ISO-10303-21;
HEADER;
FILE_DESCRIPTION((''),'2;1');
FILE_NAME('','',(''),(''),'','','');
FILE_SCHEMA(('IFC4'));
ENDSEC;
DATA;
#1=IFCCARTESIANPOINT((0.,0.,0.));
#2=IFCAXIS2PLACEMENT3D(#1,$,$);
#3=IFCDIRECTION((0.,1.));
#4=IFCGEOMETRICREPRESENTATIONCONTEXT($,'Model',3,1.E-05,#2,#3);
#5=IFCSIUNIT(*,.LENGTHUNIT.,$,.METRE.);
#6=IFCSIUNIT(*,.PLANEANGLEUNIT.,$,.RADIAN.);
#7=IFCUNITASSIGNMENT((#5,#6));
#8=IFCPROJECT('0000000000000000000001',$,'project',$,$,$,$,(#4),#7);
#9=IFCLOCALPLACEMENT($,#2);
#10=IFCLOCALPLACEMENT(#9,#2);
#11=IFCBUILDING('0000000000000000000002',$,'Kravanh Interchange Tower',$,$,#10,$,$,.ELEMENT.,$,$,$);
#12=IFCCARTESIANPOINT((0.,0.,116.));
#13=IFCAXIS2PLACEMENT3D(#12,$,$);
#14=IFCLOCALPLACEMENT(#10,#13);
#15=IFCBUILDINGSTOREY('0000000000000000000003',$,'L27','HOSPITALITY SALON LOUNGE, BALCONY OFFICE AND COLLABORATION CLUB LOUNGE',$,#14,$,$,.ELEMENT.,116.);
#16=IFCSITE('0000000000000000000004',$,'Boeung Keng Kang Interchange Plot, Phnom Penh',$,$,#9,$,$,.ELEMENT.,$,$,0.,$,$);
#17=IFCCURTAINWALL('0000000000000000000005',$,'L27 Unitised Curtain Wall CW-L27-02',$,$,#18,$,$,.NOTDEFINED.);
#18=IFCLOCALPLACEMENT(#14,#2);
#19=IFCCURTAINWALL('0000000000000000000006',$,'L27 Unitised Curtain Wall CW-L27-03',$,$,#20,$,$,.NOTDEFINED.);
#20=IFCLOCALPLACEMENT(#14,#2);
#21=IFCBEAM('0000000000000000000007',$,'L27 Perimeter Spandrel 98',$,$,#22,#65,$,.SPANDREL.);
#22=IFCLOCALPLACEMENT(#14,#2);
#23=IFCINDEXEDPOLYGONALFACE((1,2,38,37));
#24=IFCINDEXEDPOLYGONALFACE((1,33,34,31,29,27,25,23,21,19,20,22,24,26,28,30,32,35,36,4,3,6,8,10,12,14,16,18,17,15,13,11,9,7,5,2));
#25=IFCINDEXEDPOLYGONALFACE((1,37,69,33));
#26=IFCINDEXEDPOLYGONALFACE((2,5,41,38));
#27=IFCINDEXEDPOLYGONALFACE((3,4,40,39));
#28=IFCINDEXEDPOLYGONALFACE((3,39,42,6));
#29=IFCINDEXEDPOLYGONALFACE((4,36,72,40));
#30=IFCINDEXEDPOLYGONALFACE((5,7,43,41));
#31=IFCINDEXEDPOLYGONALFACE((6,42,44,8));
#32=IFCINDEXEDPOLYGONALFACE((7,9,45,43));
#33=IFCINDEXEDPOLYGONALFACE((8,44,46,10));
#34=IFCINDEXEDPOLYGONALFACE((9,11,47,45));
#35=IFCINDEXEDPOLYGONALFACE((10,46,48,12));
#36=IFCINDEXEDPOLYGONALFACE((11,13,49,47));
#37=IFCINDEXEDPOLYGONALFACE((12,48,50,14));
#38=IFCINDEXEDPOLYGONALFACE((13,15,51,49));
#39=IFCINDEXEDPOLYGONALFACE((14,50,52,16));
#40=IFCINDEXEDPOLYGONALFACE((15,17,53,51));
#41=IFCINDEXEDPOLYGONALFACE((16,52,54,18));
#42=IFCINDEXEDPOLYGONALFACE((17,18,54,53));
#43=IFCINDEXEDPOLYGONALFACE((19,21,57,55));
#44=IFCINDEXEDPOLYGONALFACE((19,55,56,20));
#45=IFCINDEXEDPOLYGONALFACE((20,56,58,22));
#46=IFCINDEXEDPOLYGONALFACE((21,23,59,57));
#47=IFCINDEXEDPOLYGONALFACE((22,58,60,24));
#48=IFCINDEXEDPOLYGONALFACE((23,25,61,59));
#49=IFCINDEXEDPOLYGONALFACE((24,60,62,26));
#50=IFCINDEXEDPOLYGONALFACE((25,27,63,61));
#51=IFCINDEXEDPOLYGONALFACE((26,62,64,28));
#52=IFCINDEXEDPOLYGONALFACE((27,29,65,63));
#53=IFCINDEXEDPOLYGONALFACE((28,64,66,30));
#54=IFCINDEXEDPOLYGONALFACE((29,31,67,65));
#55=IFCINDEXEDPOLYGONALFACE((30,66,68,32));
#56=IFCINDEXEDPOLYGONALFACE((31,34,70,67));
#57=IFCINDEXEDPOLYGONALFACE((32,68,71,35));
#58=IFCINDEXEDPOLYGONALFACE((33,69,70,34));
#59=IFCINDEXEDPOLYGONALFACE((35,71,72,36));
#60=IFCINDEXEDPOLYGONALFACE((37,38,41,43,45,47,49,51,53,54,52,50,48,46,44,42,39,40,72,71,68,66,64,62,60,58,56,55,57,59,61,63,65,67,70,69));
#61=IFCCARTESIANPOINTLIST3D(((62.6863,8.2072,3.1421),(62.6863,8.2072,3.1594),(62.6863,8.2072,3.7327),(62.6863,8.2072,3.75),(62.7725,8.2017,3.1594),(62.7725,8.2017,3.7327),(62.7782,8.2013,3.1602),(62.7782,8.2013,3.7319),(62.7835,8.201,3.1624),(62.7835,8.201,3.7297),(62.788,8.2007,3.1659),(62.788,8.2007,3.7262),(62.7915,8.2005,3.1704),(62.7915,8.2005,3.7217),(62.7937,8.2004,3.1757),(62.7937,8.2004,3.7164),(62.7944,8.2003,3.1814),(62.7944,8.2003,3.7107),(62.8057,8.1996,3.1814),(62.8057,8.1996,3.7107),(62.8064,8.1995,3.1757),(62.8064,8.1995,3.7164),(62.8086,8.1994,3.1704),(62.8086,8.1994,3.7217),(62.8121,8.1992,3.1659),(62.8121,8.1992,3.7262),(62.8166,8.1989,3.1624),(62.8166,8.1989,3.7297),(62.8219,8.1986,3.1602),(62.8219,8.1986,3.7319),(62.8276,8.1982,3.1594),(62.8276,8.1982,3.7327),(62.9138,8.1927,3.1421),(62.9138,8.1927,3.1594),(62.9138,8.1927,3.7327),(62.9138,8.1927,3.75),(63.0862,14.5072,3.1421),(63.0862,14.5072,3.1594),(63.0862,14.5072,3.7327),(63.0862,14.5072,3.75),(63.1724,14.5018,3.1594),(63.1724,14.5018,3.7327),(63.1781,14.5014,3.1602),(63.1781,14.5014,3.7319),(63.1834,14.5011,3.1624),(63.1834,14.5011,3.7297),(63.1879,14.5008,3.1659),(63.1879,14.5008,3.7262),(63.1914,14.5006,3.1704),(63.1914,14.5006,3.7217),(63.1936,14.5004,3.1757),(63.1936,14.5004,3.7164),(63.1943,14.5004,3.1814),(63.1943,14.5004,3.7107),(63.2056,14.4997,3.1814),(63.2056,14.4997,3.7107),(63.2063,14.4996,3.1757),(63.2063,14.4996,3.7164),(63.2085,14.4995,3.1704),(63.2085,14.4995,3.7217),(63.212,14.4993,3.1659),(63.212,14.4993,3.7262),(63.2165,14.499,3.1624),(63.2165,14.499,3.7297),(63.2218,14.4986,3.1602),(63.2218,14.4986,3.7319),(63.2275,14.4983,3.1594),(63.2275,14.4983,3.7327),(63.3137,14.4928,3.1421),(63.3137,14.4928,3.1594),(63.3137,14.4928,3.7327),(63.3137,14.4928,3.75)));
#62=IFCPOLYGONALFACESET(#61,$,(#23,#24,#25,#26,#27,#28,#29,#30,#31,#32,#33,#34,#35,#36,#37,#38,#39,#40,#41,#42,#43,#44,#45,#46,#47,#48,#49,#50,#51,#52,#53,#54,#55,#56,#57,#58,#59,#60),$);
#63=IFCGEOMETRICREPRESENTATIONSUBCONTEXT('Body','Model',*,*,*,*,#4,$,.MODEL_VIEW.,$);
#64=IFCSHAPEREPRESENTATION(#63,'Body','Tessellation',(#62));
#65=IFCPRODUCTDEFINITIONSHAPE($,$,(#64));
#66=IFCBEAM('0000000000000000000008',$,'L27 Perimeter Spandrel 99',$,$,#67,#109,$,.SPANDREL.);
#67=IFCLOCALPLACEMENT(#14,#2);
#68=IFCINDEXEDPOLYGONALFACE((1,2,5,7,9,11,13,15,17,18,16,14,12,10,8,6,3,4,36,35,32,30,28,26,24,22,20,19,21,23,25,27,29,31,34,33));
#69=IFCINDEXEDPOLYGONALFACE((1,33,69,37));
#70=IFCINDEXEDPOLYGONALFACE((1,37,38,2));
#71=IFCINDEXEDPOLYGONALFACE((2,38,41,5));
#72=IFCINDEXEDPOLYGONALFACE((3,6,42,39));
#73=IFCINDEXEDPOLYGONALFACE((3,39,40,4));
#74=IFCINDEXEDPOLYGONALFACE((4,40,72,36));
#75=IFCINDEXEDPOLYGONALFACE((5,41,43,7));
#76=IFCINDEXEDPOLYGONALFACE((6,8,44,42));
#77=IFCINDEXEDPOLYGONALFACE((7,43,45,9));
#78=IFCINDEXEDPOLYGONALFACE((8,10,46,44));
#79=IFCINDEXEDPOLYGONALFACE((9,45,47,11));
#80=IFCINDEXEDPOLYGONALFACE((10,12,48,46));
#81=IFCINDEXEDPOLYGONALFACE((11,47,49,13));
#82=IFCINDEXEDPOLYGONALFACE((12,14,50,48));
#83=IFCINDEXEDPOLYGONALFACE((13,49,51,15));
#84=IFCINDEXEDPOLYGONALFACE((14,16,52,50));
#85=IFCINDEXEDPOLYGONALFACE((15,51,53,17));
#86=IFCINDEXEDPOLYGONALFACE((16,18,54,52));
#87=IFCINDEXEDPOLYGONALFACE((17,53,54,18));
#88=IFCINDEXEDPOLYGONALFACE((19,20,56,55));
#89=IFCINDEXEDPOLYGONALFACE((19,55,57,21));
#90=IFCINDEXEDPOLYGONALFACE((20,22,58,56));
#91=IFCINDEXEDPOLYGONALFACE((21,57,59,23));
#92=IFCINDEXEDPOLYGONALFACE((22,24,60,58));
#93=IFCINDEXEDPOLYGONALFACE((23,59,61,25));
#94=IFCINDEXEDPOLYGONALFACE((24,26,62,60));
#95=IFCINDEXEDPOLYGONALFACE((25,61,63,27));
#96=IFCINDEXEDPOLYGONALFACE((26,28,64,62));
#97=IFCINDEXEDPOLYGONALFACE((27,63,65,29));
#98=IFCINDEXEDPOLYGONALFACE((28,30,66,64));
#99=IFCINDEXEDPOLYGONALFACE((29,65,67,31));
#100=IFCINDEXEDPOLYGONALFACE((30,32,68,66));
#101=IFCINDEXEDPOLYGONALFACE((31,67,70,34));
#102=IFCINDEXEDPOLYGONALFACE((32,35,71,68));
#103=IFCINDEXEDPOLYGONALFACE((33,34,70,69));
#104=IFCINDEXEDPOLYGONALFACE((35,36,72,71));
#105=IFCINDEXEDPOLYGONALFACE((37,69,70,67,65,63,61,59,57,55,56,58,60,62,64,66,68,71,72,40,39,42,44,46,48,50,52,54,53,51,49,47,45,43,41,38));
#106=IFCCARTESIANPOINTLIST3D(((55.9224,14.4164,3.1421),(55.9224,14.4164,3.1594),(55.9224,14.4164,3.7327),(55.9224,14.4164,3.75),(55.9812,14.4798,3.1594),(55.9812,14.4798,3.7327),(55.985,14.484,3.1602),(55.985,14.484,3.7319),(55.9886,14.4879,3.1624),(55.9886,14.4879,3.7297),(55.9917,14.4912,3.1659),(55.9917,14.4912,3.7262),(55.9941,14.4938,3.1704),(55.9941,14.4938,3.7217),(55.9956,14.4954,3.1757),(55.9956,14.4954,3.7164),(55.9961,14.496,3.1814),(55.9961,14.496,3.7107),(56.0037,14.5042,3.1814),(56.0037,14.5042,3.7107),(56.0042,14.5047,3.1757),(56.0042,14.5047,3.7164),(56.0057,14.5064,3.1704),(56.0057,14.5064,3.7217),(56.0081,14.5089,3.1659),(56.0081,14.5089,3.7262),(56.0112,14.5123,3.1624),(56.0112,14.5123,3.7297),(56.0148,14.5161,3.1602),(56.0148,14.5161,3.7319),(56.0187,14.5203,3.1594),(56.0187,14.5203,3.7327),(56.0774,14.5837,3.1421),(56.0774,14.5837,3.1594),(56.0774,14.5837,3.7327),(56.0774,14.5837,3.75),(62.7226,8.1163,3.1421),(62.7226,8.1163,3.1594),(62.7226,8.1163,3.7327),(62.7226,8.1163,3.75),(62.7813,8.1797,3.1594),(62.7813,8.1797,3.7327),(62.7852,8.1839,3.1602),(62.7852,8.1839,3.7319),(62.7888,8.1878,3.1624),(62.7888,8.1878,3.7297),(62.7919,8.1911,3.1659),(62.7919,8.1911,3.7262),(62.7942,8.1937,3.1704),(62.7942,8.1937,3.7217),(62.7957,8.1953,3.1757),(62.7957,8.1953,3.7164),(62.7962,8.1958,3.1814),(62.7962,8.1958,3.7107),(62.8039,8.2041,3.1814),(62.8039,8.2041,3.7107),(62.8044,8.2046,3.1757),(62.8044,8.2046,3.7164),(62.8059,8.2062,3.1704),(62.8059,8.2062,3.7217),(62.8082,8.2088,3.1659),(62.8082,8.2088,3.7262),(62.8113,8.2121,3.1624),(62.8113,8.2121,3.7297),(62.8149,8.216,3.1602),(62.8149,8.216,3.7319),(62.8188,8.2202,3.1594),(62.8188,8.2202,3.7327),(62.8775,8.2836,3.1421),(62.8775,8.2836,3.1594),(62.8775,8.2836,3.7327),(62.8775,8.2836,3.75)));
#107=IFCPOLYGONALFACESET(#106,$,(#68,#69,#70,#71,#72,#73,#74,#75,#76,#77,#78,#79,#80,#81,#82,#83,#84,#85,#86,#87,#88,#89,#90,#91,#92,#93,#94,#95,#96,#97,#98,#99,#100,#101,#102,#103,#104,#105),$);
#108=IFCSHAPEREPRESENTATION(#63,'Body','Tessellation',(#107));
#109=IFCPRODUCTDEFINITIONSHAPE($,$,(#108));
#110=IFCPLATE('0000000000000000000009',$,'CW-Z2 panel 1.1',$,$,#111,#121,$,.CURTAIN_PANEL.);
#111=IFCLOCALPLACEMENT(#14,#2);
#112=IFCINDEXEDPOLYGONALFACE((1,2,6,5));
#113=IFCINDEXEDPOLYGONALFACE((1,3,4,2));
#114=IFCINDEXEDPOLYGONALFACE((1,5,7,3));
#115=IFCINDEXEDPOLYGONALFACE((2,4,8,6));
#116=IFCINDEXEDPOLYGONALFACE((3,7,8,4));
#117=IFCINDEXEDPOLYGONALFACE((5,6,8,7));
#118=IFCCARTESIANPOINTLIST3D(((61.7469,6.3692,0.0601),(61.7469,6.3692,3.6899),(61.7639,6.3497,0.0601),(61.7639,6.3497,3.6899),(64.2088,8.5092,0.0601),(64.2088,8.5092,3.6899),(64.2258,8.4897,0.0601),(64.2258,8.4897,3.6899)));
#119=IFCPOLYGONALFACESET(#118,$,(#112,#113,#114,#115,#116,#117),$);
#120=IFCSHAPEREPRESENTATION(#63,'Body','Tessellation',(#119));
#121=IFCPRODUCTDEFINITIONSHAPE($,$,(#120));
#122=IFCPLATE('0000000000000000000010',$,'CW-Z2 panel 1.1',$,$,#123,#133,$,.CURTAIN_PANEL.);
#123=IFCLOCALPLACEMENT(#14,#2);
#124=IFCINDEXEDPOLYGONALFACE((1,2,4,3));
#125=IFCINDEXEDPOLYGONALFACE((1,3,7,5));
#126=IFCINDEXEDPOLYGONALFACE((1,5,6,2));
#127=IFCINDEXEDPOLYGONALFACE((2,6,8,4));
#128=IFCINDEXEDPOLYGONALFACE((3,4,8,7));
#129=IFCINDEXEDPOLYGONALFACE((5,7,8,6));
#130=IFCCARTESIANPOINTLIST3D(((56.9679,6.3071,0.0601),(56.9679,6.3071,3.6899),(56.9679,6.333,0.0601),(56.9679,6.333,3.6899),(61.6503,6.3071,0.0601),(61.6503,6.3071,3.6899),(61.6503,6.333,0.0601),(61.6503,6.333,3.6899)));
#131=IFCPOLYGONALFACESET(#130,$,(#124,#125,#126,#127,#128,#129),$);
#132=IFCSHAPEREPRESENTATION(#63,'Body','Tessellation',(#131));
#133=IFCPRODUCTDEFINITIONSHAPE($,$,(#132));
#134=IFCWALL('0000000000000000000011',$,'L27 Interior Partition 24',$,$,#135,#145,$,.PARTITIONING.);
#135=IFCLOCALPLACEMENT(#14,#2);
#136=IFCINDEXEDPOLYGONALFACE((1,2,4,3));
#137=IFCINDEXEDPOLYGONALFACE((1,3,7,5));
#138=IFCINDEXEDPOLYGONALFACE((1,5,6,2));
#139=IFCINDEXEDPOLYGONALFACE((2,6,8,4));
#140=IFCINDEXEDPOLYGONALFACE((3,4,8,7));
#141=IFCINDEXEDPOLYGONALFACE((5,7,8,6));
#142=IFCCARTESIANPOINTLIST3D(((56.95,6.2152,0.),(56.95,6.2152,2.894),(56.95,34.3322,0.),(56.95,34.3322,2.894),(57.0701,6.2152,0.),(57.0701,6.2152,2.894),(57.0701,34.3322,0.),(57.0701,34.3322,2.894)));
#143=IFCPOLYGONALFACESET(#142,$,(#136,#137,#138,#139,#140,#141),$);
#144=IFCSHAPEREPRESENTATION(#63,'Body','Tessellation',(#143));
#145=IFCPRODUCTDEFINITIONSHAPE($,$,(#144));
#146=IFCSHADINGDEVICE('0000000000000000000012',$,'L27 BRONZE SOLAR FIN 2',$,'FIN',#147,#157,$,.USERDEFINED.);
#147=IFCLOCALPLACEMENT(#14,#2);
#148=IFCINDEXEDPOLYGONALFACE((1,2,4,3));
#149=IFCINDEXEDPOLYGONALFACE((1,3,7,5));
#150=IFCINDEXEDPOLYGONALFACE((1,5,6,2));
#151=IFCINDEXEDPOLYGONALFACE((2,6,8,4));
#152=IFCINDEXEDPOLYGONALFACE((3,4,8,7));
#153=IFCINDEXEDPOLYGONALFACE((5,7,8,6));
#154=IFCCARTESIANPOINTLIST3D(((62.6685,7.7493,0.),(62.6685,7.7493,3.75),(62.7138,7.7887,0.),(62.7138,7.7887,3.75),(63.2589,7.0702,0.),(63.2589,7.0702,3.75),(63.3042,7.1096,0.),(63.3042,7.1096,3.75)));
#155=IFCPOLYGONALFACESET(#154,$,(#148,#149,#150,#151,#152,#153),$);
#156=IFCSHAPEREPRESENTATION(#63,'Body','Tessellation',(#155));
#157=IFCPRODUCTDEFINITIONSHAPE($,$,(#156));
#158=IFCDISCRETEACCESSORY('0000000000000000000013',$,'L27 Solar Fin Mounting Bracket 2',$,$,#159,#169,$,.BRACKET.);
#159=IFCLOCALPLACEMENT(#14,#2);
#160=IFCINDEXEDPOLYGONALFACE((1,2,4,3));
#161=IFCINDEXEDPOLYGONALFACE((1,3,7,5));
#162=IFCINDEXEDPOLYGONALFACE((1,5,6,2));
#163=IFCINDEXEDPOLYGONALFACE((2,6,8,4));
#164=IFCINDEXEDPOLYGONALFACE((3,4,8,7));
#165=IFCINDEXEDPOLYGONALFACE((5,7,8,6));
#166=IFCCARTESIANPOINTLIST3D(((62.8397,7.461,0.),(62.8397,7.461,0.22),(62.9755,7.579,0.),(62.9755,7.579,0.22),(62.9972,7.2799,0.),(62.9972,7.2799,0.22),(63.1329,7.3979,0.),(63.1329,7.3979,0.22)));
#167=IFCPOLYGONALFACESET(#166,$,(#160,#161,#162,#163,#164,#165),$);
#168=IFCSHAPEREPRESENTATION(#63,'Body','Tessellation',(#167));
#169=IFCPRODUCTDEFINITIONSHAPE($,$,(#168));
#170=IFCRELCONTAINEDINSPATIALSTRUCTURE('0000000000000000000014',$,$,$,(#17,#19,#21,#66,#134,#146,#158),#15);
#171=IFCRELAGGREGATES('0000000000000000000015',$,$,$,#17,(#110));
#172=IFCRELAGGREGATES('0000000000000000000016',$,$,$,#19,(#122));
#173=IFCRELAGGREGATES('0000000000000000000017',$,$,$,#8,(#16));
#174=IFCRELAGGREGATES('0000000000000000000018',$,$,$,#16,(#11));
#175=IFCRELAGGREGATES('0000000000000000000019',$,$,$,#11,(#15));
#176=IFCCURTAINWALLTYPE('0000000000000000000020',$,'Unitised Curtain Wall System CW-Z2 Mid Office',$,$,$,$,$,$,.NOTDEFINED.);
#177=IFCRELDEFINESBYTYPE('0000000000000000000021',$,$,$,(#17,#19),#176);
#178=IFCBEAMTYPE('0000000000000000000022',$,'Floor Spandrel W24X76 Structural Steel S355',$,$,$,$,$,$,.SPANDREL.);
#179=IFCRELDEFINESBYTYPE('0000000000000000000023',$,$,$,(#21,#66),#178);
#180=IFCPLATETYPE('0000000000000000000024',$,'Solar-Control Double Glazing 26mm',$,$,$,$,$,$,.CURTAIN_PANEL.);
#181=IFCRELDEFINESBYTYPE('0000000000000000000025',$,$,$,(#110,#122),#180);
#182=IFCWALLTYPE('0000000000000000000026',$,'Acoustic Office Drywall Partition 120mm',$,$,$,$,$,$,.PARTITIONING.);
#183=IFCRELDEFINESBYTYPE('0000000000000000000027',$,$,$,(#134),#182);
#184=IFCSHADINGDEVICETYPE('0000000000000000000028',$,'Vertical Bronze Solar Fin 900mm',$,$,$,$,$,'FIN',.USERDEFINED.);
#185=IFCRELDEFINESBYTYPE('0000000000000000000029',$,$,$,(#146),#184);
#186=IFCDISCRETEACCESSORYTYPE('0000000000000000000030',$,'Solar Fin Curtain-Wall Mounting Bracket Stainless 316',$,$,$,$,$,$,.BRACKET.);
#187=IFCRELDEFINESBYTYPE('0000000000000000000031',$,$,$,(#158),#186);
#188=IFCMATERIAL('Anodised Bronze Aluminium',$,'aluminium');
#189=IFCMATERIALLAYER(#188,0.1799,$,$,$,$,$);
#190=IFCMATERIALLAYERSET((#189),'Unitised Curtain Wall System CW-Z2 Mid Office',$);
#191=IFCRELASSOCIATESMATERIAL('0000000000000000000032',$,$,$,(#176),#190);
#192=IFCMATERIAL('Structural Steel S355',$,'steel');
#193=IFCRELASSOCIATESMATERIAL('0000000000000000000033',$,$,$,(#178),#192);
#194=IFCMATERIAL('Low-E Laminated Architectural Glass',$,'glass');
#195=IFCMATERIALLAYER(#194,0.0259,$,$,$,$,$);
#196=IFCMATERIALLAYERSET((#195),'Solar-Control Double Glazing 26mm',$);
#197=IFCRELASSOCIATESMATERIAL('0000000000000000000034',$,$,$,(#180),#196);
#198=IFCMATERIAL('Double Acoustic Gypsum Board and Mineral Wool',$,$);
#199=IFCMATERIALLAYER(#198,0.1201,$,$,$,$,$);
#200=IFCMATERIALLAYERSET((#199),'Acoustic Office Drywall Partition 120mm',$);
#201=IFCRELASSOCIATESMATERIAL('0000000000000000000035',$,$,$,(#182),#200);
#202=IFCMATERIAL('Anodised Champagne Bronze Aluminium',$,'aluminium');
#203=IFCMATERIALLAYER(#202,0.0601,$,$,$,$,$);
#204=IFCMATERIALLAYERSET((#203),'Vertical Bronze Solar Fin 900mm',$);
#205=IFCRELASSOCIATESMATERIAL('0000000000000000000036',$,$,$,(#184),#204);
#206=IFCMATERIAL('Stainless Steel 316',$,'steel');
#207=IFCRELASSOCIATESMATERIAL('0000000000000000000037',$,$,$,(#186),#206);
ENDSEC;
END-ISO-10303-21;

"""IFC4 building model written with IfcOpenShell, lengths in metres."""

from ifc_helpers import new_model, si_unit, direction, frame, frame_2d, origin, origin_2d, place, context, subcontext, project, spatial, rectangle, i_section, extrude, material, layer, layer_set, material_profile, profile_set, type_object, element, aggregate, save


model = new_model("IFC4")

# Units and contexts
model_context = context("Model", 3, precision=1e-05, world=origin(), true_north=direction((0.0, 1.0)))
body_context = subcontext(model_context, "Body", "Model", "MODEL_VIEW")
ifc_project = project(units=[si_unit("LENGTHUNIT", "METRE"), si_unit("PLANEANGLEUNIT", "RADIAN")], contexts=[model_context])

# Site, building, storey
site_placement = place(None, origin())
site = spatial("IfcSite", under=ifc_project, at=site_placement, Name="Boeung Keng Kang Interchange Plot, Phnom Penh", CompositionType="ELEMENT", RefElevation=0.0)
building_placement = place(site_placement, origin())
building = spatial("IfcBuilding", under=site, at=building_placement, Name="Kravanh Interchange Tower", CompositionType="ELEMENT")
storey_placement = place(building_placement, frame((0.0, 0.0, 116.0)))
storey = spatial("IfcBuildingStorey", under=building, at=storey_placement, Name="L27", Description="HOSPITALITY SALON LOUNGE, BALCONY OFFICE AND COLLABORATION CLUB LOUNGE", CompositionType="ELEMENT", Elevation=116.0)

# Curtain walls
ifc_material_1 = material(Name="Anodised Bronze Aluminium", Category="aluminium")
ifc_layer_1 = layer(ifc_material_1, 0.1799)
ifc_layer_set_1 = layer_set([ifc_layer_1], Name="Unitised Curtain Wall System CW-Z2 Mid Office")
curtain_wall_type = type_object("IfcCurtainWallType", Name="Unitised Curtain Wall System CW-Z2 Mid Office", PredefinedType="NOTDEFINED", material=ifc_layer_set_1)
curtain_wall_1_placement = place(storey_placement, origin())
curtain_wall_1 = element("IfcCurtainWall", 1, at=curtain_wall_1_placement, inside=storey, type_object=curtain_wall_type, Name="L27 Unitised Curtain Wall CW-L27-02", PredefinedType="NOTDEFINED")
curtain_wall_2_placement = place(storey_placement, origin())
curtain_wall_2 = element("IfcCurtainWall", 2, at=curtain_wall_2_placement, inside=storey, type_object=curtain_wall_type, Name="L27 Unitised Curtain Wall CW-L27-03", PredefinedType="NOTDEFINED")

# Beams
ifc_material_2 = material(Name="Structural Steel S355", Category="steel")
ifc_material_profile_1 = material_profile(ifc_material_2, i_section(OverallWidth=0.228, OverallDepth=0.6079, WebThickness=0.0112, FlangeThickness=0.0173, FilletRadius=0.022, at=origin_2d()), Name="W24X76")
ifc_profile_set_1 = profile_set([ifc_material_profile_1], Name="Structural Steel S355")
beam_type_1 = type_object("IfcBeamType", Name="Floor Spandrel W24X76 Structural Steel S355", PredefinedType="SPANDREL", material=ifc_profile_set_1)
beam_1_placement = place(storey_placement, frame((62.8, 8.2, 3.446), z_axis=(0.063349, 0.997991, 0.0), x_axis=(-0.997991, 0.063349, 0.0)))
element("IfcBeam", 3, at=beam_1_placement, inside=storey, type_object=beam_type_1, Name="L27 Perimeter Spandrel 98", PredefinedType="SPANDREL", context=body_context, shape_type="SweptSolid", body=[
    extrude(i_section(OverallWidth=0.228, OverallDepth=0.6079, WebThickness=0.0112, FlangeThickness=0.0173, FilletRadius=0.022, at=origin_2d()), origin(), (0.0, 0.0, 1.0), 6.3127),
])
beam_2_placement = place(storey_placement, frame((62.8, 8.2, 3.446), z_axis=(-0.733561, 0.679623, 0.0), x_axis=(-0.679623, -0.733561, 0.0)))
element("IfcBeam", 4, at=beam_2_placement, inside=storey, type_object=beam_type_1, Name="L27 Perimeter Spandrel 99", PredefinedType="SPANDREL", context=body_context, shape_type="SweptSolid", body=[
    extrude(i_section(OverallWidth=0.228, OverallDepth=0.6079, WebThickness=0.0112, FlangeThickness=0.0173, FilletRadius=0.022, at=origin_2d()), origin(), (0.0, 0.0, 1.0), 9.27),
])

# Plates
ifc_material_3 = material(Name="Low-E Laminated Architectural Glass", Category="glass")
ifc_layer_2 = layer(ifc_material_3, 0.0259)
ifc_layer_set_2 = layer_set([ifc_layer_2], Name="Solar-Control Double Glazing 26mm")
plate_type = type_object("IfcPlateType", Name="Solar-Control Double Glazing 26mm", PredefinedType="CURTAIN_PANEL", material=ifc_layer_set_2)
plate_1_placement = place(storey_placement, frame((62.9863, 7.4294, 0.0601), z_axis=(0.0, 0.0, 1.0), x_axis=(-0.754719, -0.656048, 0.0)))
plate_1 = element("IfcPlate", 5, at=plate_1_placement, type_object=plate_type, Name="CW-Z2 panel 1.1", PredefinedType="CURTAIN_PANEL", context=body_context, shape_type="SweptSolid", body=[
    extrude(rectangle(XDim=3.262, YDim=0.0259, at=origin_2d()), origin(), (0.0, 0.0, 1.0), 3.6299),
])
aggregate(curtain_wall_1, [plate_1])
plate_2_placement = place(storey_placement, frame((59.3091, 6.3201, 0.0601), z_axis=(0.0, 0.0, 1.0), x_axis=(-1.0, 0.0, 0.0)))
plate_2 = element("IfcPlate", 6, at=plate_2_placement, type_object=plate_type, Name="CW-Z2 panel 1.1", PredefinedType="CURTAIN_PANEL", context=body_context, shape_type="SweptSolid", body=[
    extrude(rectangle(XDim=4.6824, YDim=0.0259, at=origin_2d()), origin(), (0.0, 0.0, 1.0), 3.6299),
])
aggregate(curtain_wall_2, [plate_2])

# Wall
ifc_material_4 = material(Name="Double Acoustic Gypsum Board and Mineral Wool")
ifc_layer_3 = layer(ifc_material_4, 0.1201)
ifc_layer_set_3 = layer_set([ifc_layer_3], Name="Acoustic Office Drywall Partition 120mm")
wall_type = type_object("IfcWallType", Name="Acoustic Office Drywall Partition 120mm", PredefinedType="PARTITIONING", material=ifc_layer_set_3)
wall_placement = place(storey_placement, frame((57.01, 6.2151, 0.0), z_axis=(0.0, 0.0, 1.0), x_axis=(0.0, 1.0, 0.0)))
element("IfcWall", 7, at=wall_placement, inside=storey, type_object=wall_type, Name="L27 Interior Partition 24", PredefinedType="PARTITIONING", context=body_context, shape_type="SweptSolid", body=[
    extrude(rectangle(XDim=28.1169, YDim=0.1201, at=frame_2d((14.0586, 0.0))), origin(), (0.0, 0.0, 1.0), 2.894),
])

# Shading device
ifc_material_5 = material(Name="Anodised Champagne Bronze Aluminium", Category="aluminium")
ifc_layer_4 = layer(ifc_material_5, 0.0601)
ifc_layer_set_4 = layer_set([ifc_layer_4], Name="Vertical Bronze Solar Fin 900mm")
shading_device_type = type_object("IfcShadingDeviceType", Name="Vertical Bronze Solar Fin 900mm", ElementType="FIN", PredefinedType="USERDEFINED", material=ifc_layer_set_4)
shading_device_placement = place(storey_placement, frame((62.9863, 7.4294, 0.0), z_axis=(0.0, 0.0, 1.0), x_axis=(0.656056, -0.754712, 0.0)))
element("IfcShadingDevice", 8, at=shading_device_placement, inside=storey, type_object=shading_device_type, Name="L27 BRONZE SOLAR FIN 2", ObjectType="FIN", PredefinedType="USERDEFINED", context=body_context, shape_type="SweptSolid", body=[
    extrude(rectangle(XDim=0.8999, YDim=0.0601, at=origin_2d()), origin(), (0.0, 0.0, 1.0), 3.75),
])

# Discrete accessory
ifc_material_6 = material(Name="Stainless Steel 316", Category="steel")
discrete_accessory_type = type_object("IfcDiscreteAccessoryType", Name="Solar Fin Curtain-Wall Mounting Bracket Stainless 316", PredefinedType="BRACKET", material=ifc_material_6)
discrete_accessory_placement = place(storey_placement, frame((62.9863, 7.4294, 0.0), z_axis=(0.0, 0.0, 1.0), x_axis=(0.656056, -0.754712, 0.0)))
element("IfcDiscreteAccessory", 9, at=discrete_accessory_placement, inside=storey, type_object=discrete_accessory_type, Name="L27 Solar Fin Mounting Bracket 2", PredefinedType="BRACKET", context=body_context, shape_type="SweptSolid", body=[
    extrude(rectangle(XDim=0.24, YDim=0.1799, at=origin_2d()), origin(), (0.0, 0.0, 1.0), 0.22),
])

save(model, "model.ifc")
